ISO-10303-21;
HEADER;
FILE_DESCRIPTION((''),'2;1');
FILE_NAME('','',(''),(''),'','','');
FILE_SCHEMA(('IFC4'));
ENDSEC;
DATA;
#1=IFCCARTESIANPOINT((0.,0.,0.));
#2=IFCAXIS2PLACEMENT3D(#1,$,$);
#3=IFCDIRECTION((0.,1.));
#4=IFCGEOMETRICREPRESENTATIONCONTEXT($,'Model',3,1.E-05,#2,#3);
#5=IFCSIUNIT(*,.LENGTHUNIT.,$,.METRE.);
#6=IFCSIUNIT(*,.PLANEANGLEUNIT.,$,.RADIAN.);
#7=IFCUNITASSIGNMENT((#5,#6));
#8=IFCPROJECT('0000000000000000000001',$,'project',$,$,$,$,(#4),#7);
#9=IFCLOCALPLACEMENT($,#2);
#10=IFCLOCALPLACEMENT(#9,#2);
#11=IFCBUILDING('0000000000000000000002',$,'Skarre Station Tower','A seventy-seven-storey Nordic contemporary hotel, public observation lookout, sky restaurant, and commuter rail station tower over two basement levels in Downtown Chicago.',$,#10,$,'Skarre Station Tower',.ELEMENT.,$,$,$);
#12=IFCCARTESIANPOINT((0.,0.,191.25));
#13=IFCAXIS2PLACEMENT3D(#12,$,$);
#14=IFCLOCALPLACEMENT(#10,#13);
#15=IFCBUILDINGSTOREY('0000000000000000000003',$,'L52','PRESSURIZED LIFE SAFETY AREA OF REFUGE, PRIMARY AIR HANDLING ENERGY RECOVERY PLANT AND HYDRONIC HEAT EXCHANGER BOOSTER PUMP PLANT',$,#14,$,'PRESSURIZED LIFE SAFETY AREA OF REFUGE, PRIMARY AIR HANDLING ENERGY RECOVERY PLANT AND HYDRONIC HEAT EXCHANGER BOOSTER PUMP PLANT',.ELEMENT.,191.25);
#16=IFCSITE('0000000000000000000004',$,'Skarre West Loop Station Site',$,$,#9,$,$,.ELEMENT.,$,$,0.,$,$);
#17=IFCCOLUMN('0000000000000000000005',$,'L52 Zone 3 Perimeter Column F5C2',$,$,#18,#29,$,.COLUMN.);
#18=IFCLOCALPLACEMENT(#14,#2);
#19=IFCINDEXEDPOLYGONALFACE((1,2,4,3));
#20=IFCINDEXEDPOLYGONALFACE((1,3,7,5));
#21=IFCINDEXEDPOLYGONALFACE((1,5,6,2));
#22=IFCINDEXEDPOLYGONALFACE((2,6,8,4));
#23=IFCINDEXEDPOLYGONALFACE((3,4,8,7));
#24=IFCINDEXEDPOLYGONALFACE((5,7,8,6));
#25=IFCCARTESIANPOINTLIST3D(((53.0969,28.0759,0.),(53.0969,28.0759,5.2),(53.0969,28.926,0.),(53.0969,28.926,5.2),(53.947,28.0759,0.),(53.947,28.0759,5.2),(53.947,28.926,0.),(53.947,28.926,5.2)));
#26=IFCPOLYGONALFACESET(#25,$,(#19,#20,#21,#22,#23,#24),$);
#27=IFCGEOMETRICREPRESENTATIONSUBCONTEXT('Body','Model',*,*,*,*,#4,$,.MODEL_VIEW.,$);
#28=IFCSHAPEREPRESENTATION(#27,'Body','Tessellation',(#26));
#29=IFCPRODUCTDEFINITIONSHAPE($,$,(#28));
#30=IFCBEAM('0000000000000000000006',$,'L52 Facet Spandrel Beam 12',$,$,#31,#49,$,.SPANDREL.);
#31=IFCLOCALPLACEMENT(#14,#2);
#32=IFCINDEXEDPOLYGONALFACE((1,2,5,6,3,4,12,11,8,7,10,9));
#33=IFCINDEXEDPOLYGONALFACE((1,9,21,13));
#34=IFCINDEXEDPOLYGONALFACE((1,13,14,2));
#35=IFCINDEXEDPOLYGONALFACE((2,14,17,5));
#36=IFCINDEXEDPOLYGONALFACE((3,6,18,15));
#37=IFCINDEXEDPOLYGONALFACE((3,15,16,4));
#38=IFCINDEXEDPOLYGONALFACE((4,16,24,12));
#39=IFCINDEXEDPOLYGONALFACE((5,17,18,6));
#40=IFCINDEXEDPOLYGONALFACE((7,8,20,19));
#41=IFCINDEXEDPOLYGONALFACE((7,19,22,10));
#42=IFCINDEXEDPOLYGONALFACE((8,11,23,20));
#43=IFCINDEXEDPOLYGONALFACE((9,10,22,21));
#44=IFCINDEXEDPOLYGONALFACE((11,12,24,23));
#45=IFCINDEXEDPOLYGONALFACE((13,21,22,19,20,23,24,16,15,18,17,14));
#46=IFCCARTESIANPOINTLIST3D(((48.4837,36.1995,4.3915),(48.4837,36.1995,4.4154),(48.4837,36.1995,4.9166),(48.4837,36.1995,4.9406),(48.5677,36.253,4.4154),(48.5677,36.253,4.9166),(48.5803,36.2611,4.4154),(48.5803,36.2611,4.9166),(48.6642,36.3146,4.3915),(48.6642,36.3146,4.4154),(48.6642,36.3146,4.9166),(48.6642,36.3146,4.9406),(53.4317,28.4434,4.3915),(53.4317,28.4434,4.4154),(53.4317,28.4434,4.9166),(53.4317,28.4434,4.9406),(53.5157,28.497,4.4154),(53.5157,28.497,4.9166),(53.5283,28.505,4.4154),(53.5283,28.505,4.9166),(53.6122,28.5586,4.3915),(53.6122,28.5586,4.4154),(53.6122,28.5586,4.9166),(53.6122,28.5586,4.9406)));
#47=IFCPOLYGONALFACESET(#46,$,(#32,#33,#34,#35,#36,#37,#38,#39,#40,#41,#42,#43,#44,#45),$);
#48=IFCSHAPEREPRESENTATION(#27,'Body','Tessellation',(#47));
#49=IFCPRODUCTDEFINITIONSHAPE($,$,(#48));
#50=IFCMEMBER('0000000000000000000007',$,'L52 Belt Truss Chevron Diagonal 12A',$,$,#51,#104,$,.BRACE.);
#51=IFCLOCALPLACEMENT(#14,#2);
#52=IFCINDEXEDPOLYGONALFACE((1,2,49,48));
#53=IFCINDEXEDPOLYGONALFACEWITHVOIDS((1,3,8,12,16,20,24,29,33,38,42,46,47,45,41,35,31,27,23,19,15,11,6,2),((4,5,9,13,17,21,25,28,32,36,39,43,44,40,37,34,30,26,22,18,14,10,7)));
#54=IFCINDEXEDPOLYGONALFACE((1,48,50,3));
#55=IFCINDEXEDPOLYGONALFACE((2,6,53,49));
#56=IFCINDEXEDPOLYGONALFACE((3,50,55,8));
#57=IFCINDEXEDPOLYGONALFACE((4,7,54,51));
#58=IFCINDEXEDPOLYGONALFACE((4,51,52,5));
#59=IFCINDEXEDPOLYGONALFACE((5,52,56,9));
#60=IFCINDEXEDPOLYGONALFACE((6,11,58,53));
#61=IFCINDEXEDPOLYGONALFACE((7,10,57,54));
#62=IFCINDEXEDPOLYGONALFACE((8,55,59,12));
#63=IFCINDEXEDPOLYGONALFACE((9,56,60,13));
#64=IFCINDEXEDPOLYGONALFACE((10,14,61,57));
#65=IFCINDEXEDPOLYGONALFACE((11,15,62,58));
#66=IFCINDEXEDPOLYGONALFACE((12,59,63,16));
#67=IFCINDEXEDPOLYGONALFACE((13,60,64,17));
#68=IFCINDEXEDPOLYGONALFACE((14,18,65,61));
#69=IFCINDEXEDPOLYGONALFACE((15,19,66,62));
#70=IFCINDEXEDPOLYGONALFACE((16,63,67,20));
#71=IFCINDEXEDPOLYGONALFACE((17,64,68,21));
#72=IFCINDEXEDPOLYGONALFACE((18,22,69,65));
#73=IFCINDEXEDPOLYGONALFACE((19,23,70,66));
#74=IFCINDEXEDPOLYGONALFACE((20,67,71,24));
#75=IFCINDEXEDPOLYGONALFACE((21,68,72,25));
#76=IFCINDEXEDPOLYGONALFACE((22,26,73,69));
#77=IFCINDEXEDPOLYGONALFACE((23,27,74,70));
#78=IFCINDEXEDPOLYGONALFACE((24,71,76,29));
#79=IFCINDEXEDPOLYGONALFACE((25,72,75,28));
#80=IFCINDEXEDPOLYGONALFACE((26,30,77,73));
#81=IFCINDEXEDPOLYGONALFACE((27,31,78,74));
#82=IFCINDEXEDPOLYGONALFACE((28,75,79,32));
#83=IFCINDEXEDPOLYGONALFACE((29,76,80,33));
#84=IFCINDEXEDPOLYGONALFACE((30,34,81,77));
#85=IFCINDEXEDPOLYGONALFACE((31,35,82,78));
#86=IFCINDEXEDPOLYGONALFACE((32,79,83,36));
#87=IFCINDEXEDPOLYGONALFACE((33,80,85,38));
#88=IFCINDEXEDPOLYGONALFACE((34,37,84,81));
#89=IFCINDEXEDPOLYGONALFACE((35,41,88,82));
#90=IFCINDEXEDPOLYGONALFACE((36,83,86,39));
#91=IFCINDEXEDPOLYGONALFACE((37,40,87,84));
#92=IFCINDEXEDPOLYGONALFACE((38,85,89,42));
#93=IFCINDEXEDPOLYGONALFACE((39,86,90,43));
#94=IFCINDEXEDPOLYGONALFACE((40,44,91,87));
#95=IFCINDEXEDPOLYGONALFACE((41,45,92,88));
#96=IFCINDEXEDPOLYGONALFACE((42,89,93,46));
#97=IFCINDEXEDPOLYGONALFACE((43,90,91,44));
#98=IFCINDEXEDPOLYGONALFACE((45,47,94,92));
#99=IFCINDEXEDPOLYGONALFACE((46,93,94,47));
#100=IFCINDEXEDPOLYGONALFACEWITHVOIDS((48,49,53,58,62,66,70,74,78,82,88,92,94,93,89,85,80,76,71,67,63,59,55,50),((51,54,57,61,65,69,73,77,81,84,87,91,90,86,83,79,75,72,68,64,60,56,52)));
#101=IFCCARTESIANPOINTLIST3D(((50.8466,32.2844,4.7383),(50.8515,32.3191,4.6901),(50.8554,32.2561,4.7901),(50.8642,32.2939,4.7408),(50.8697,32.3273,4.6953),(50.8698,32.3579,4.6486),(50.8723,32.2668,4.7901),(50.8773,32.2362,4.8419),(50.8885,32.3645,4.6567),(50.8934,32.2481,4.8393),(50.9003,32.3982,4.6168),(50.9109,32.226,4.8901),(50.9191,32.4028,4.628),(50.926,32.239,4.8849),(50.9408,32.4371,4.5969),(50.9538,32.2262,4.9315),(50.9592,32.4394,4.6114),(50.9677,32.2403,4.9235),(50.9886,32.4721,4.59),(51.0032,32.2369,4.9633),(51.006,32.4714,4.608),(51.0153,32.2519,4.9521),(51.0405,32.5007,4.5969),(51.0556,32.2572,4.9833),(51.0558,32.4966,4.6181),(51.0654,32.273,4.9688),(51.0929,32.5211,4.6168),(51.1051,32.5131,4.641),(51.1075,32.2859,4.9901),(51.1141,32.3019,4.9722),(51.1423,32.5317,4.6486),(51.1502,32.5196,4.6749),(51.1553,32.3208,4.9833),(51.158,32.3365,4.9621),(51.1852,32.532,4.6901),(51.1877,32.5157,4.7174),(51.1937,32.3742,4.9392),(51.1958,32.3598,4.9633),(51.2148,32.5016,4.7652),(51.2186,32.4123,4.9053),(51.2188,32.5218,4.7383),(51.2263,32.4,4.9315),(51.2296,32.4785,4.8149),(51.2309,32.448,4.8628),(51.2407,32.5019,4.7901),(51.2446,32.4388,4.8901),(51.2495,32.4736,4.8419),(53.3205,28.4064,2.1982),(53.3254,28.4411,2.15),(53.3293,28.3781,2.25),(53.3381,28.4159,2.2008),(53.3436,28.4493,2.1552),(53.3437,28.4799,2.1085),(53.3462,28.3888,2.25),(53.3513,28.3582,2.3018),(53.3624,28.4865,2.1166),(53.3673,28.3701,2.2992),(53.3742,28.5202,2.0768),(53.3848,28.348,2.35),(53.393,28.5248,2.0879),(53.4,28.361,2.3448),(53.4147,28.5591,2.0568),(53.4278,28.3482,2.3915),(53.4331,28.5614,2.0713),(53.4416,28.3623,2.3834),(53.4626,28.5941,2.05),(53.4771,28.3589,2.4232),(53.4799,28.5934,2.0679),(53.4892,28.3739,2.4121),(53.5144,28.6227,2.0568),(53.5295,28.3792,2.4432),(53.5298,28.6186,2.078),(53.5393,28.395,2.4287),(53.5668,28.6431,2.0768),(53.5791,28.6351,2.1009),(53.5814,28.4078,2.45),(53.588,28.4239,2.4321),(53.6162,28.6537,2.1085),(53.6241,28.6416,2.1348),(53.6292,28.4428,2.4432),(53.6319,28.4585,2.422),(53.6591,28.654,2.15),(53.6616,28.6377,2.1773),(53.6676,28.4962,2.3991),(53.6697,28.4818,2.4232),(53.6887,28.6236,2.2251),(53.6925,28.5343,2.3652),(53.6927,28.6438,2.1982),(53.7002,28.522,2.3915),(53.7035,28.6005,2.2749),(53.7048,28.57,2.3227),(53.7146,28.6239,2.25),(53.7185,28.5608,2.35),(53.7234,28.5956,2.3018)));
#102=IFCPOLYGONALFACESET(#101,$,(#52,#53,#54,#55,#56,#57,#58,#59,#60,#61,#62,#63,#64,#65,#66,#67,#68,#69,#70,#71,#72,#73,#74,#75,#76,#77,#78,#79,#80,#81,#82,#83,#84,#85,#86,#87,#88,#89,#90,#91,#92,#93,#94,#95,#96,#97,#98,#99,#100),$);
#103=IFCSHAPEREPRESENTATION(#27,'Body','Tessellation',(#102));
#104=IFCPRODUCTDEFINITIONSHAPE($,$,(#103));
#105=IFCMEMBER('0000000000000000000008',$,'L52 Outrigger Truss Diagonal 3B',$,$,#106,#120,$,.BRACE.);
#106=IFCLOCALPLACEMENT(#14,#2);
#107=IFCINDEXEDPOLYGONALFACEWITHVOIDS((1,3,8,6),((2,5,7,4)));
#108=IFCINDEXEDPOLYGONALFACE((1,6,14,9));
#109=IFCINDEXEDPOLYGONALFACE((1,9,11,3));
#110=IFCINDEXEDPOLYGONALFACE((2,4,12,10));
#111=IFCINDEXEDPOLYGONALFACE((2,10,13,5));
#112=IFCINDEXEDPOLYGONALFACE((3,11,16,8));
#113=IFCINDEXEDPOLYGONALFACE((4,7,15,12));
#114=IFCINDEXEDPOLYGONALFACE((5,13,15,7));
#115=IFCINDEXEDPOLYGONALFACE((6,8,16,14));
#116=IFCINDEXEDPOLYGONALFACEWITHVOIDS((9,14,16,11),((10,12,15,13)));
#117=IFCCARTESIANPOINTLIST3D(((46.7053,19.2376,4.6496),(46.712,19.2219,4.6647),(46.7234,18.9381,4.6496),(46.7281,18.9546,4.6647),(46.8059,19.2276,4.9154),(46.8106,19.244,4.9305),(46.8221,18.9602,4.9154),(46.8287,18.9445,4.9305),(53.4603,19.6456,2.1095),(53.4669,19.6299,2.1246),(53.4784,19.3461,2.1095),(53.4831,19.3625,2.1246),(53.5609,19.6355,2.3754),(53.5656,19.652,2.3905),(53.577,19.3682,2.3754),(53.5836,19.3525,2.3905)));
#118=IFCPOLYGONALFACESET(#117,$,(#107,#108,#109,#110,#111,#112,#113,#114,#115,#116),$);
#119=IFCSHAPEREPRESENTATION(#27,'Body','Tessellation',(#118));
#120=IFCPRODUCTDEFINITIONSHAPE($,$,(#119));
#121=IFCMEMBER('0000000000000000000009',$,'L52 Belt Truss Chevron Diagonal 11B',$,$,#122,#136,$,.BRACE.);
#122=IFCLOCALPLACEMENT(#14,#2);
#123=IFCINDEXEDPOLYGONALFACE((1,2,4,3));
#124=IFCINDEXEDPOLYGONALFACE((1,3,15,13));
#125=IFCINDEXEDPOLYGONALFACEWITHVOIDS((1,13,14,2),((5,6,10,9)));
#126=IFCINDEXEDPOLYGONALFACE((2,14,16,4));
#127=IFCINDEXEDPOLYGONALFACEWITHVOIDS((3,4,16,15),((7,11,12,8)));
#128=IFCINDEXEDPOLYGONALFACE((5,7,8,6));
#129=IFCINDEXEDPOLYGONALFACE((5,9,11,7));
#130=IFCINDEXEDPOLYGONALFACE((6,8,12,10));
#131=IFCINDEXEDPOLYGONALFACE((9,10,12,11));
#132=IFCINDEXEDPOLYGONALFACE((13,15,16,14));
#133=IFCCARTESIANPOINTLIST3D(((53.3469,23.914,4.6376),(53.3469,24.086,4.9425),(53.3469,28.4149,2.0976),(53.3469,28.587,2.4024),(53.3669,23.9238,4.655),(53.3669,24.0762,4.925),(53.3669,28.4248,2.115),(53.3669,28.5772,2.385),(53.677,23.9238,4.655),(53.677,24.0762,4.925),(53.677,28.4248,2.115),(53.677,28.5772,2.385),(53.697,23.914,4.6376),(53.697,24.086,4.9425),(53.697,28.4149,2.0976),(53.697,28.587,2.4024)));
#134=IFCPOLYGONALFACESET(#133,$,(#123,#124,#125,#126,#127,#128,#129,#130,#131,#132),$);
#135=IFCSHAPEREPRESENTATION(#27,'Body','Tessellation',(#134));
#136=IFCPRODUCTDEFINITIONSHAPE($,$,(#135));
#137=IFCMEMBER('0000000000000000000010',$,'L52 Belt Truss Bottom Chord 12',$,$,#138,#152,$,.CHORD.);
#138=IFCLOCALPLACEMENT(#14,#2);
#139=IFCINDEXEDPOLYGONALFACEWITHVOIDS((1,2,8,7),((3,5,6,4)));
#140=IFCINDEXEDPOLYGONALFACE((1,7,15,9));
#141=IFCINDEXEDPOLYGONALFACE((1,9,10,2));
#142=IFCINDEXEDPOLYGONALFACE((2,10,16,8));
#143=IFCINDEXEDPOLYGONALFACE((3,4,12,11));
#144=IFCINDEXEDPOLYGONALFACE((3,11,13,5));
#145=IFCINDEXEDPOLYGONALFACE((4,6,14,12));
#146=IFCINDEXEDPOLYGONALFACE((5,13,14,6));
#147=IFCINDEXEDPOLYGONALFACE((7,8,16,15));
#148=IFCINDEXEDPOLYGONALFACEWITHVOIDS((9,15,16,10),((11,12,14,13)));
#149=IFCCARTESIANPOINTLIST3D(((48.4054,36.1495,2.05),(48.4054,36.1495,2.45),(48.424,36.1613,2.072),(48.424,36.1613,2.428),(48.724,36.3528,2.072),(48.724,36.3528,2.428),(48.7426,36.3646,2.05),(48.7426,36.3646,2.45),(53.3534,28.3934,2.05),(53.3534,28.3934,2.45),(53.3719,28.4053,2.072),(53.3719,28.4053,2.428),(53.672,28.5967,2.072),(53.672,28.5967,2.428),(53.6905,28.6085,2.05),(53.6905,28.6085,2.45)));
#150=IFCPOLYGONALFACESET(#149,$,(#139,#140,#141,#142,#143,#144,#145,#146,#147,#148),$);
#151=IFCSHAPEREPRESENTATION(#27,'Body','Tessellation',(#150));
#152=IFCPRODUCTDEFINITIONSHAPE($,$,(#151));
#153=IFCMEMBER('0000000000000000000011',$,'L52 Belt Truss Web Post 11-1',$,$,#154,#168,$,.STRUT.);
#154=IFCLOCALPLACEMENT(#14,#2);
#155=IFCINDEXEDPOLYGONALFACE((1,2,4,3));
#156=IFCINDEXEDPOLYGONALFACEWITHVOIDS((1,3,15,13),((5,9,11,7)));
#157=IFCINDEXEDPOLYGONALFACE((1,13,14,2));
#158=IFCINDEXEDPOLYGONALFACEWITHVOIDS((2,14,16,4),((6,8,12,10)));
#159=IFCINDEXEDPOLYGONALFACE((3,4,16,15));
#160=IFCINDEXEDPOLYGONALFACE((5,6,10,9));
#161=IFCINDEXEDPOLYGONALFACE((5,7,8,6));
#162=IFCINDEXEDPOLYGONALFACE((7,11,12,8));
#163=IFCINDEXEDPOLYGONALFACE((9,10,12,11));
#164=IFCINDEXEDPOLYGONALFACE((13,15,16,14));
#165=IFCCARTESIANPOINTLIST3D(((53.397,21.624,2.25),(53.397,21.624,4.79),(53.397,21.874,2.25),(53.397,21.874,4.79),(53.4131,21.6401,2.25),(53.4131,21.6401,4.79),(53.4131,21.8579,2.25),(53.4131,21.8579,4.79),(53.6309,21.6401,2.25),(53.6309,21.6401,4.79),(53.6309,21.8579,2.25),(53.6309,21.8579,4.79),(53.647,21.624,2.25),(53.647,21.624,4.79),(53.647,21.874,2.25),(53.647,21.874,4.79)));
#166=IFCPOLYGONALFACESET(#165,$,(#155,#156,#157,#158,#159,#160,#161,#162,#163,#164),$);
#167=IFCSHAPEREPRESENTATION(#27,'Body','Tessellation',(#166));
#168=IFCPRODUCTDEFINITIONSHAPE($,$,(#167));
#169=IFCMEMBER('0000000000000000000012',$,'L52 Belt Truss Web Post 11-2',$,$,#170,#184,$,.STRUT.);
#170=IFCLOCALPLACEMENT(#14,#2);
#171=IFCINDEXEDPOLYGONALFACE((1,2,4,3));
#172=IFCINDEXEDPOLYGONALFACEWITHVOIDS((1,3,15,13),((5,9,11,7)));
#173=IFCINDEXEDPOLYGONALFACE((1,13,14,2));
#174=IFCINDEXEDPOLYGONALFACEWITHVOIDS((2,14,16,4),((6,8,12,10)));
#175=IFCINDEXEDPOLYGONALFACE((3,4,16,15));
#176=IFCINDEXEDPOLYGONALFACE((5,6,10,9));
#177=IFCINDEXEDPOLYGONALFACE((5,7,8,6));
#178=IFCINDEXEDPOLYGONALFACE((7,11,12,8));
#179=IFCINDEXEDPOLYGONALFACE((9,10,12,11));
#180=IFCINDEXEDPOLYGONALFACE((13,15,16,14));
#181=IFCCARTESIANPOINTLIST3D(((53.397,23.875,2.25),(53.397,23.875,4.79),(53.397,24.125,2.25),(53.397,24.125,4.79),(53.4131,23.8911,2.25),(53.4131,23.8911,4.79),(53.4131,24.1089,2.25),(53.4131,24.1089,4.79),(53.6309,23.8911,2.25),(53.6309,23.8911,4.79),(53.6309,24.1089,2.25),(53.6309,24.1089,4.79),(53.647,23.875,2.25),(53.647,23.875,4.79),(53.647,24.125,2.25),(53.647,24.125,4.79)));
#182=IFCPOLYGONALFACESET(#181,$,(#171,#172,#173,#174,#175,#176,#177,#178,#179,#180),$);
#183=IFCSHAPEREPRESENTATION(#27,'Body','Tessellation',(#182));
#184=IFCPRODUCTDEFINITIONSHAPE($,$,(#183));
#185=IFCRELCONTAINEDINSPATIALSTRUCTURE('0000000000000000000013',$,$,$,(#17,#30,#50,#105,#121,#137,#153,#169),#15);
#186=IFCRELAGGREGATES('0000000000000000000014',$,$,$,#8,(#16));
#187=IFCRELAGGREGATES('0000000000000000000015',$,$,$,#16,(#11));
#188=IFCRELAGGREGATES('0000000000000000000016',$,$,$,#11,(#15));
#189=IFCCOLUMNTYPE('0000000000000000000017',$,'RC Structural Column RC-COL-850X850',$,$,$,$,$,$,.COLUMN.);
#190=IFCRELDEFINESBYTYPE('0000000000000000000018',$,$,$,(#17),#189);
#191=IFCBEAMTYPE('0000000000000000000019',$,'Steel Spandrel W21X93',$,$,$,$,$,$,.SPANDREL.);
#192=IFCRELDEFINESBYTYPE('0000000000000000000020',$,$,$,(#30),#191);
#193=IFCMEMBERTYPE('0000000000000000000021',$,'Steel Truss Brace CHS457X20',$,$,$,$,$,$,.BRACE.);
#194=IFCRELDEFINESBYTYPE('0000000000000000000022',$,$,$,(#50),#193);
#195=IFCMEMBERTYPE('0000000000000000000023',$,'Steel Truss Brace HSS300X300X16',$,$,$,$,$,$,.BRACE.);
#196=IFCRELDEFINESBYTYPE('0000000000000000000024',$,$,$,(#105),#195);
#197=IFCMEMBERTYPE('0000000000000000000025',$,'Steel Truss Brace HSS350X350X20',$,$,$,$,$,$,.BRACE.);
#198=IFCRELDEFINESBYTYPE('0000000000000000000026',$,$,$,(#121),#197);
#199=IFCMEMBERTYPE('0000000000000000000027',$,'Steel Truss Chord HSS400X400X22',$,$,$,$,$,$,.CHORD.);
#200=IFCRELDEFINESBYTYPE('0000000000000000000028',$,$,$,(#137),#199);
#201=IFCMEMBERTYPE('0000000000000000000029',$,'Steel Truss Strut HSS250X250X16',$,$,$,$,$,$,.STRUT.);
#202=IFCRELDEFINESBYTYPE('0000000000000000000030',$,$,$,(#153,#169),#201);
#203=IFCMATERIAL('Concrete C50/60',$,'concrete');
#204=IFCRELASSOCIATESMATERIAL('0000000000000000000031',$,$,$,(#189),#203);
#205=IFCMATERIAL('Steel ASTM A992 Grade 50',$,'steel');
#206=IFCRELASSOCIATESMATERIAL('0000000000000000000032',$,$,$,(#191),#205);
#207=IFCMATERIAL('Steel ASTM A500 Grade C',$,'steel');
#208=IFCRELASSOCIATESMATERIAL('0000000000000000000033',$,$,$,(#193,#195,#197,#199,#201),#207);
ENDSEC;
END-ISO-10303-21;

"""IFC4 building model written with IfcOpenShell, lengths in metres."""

from ifc_helpers import new_model, si_unit, direction, frame, origin, origin_2d, place, context, subcontext, project, spatial, rectangle, hollow_rectangle, hollow_circle, i_section, extrude, material, material_profile, profile_set, type_object, element, save


model = new_model("IFC4")

# Units and contexts
model_context = context("Model", 3, precision=1e-05, world=origin(), true_north=direction((0.0, 1.0)))
body_context = subcontext(model_context, "Body", "Model", "MODEL_VIEW")
ifc_project = project(units=[si_unit("LENGTHUNIT", "METRE"), si_unit("PLANEANGLEUNIT", "RADIAN")], contexts=[model_context])

# Site, building, storey
site_placement = place(None, origin())
site = spatial("IfcSite", under=ifc_project, at=site_placement, Name="Skarre West Loop Station Site", CompositionType="ELEMENT", RefElevation=0.0)
building_placement = place(site_placement, origin())
building = spatial("IfcBuilding", under=site, at=building_placement, Name="Skarre Station Tower", Description="A seventy-seven-storey Nordic contemporary hotel, public observation lookout, sky restaurant, and commuter rail station tower over two basement levels in Downtown Chicago.", LongName="Skarre Station Tower", CompositionType="ELEMENT")
storey_placement = place(building_placement, frame((0.0, 0.0, 191.25)))
storey = spatial("IfcBuildingStorey", under=building, at=storey_placement, Name="L52", Description="PRESSURIZED LIFE SAFETY AREA OF REFUGE, PRIMARY AIR HANDLING ENERGY RECOVERY PLANT AND HYDRONIC HEAT EXCHANGER BOOSTER PUMP PLANT", LongName="PRESSURIZED LIFE SAFETY AREA OF REFUGE, PRIMARY AIR HANDLING ENERGY RECOVERY PLANT AND HYDRONIC HEAT EXCHANGER BOOSTER PUMP PLANT", CompositionType="ELEMENT", Elevation=191.25)

# Column
ifc_material_1 = material(Name="Concrete C50/60", Category="concrete")
ifc_material_profile_1 = material_profile(ifc_material_1, rectangle(XDim=0.8501, YDim=0.8501, at=origin_2d()), Name="Concrete C50/60")
ifc_profile_set_1 = profile_set([ifc_material_profile_1], Name="Concrete C50/60")
column_type = type_object("IfcColumnType", Name="RC Structural Column RC-COL-850X850", PredefinedType="COLUMN", material=ifc_profile_set_1)
column_placement = place(storey_placement, frame((53.522, 28.501, 0.0), z_axis=(0.0, 0.0, 1.0), x_axis=(1.0, 0.0, 0.0)))
element("IfcColumn", 1, at=column_placement, inside=storey, type_object=column_type, Name="L52 Zone 3 Perimeter Column F5C2", PredefinedType="COLUMN", context=body_context, shape_type="SweptSolid", body=[
    extrude(rectangle(XDim=0.8501, YDim=0.8501, at=origin_2d()), origin(), (0.0, 0.0, 1.0), 5.2),
])

# Beam
ifc_material_2 = material(Name="Steel ASTM A992 Grade 50", Category="steel")
ifc_material_profile_2 = material_profile(ifc_material_2, i_section(OverallWidth=0.2141, OverallDepth=0.5491, WebThickness=0.0149, FlangeThickness=0.0239, at=origin_2d()), Name="Steel ASTM A992 Grade 50")
ifc_profile_set_2 = profile_set([ifc_material_profile_2], Name="Steel ASTM A992 Grade 50")
beam_type = type_object("IfcBeamType", Name="Steel Spandrel W21X93", PredefinedType="SPANDREL", material=ifc_profile_set_2)
beam_placement = place(storey_placement, frame((53.522, 28.501, 4.666), z_axis=(-0.537826, 0.843056, 0.0), x_axis=(-0.843056, -0.537826, 0.0)))
element("IfcBeam", 2, at=beam_placement, inside=storey, type_object=beam_type, Name="L52 Facet Spandrel Beam 12", PredefinedType="SPANDREL", context=body_context, shape_type="SweptSolid", body=[
    extrude(i_section(OverallWidth=0.2141, OverallDepth=0.5491, WebThickness=0.0149, FlangeThickness=0.0239, at=origin_2d()), origin(), (0.0, 0.0, 1.0), 9.2),
])

# Members
ifc_material_3 = material(Name="Steel ASTM A500 Grade C", Category="steel")
ifc_material_profile_3 = material_profile(ifc_material_3, hollow_circle(Radius=0.2285, WallThickness=0.02, at=origin_2d()), Name="Steel ASTM A500 Grade C")
ifc_profile_set_3 = profile_set([ifc_material_profile_3], Name="Steel ASTM A500 Grade C")
member_type_1 = type_object("IfcMemberType", Name="Steel Truss Brace CHS457X20", PredefinedType="BRACE", material=ifc_profile_set_3)
member_1_placement = place(storey_placement, frame((53.522, 28.501, 2.25), z_axis=(-0.470807, 0.738015, 0.483399), x_axis=(-0.84306, -0.53782, 0.0)))
element("IfcMember", 3, at=member_1_placement, inside=storey, type_object=member_type_1, Name="L52 Belt Truss Chevron Diagonal 12A", PredefinedType="BRACE", context=body_context, shape_type="SweptSolid", body=[
    extrude(hollow_circle(Radius=0.2285, WallThickness=0.02, at=origin_2d()), origin(), (0.0, 0.0, 1.0), 5.2546),
])
ifc_material_profile_4 = material_profile(ifc_material_3, hollow_rectangle(XDim=0.3, YDim=0.3, WallThickness=0.0161, at=origin_2d()), Name="Steel ASTM A500 Grade C")
ifc_profile_set_4 = profile_set([ifc_material_profile_4], Name="Steel ASTM A500 Grade C")
member_type_2 = type_object("IfcMemberType", Name="Steel Truss Brace HSS300X300X16", PredefinedType="BRACE", material=ifc_profile_set_4)
member_2_placement = place(storey_placement, frame((53.522, 19.499, 2.25), z_axis=(-0.93452, -0.05644, 0.351408), x_axis=(0.060285, -0.998181, 0.0)))
element("IfcMember", 4, at=member_2_placement, inside=storey, type_object=member_type_2, Name="L52 Outrigger Truss Diagonal 3B", PredefinedType="BRACE", context=body_context, shape_type="SweptSolid", body=[
    extrude(hollow_rectangle(XDim=0.3, YDim=0.3, WallThickness=0.0161, at=origin_2d()), origin(), (0.0, 0.0, 1.0), 7.2283),
])
ifc_material_profile_5 = material_profile(ifc_material_3, hollow_rectangle(XDim=0.3501, YDim=0.3501, WallThickness=0.02, at=origin_2d()), Name="Steel ASTM A500 Grade C")
ifc_profile_set_5 = profile_set([ifc_material_profile_5], Name="Steel ASTM A500 Grade C")
member_type_3 = type_object("IfcMemberType", Name="Steel Truss Brace HSS350X350X20", PredefinedType="BRACE", material=ifc_profile_set_5)
member_3_placement = place(storey_placement, frame((53.522, 28.501, 2.25), z_axis=(0.0, -0.870893, 0.491472), x_axis=(1.0, 0.0, 0.0)))
element("IfcMember", 5, at=member_3_placement, inside=storey, type_object=member_type_3, Name="L52 Belt Truss Chevron Diagonal 11B", PredefinedType="BRACE", context=body_context, shape_type="SweptSolid", body=[
    extrude(hollow_rectangle(XDim=0.3501, YDim=0.3501, WallThickness=0.02, at=origin_2d()), origin(), (0.0, 0.0, 1.0), 5.1682),
])
ifc_material_profile_6 = material_profile(ifc_material_3, hollow_rectangle(XDim=0.3999, YDim=0.3999, WallThickness=0.022, at=origin_2d()), Name="Steel ASTM A500 Grade C")
ifc_profile_set_6 = profile_set([ifc_material_profile_6], Name="Steel ASTM A500 Grade C")
member_type_4 = type_object("IfcMemberType", Name="Steel Truss Chord HSS400X400X22", PredefinedType="CHORD", material=ifc_profile_set_6)
member_4_placement = place(storey_placement, frame((53.522, 28.501, 2.25), z_axis=(-0.537826, 0.843056, 0.0), x_axis=(-0.843056, -0.537826, 0.0)))
element("IfcMember", 6, at=member_4_placement, inside=storey, type_object=member_type_4, Name="L52 Belt Truss Bottom Chord 12", PredefinedType="CHORD", context=body_context, shape_type="SweptSolid", body=[
    extrude(hollow_rectangle(XDim=0.3999, YDim=0.3999, WallThickness=0.022, at=origin_2d()), origin(), (0.0, 0.0, 1.0), 9.2),
])
ifc_material_profile_7 = material_profile(ifc_material_3, hollow_rectangle(XDim=0.25, YDim=0.25, WallThickness=0.0161, at=origin_2d()), Name="Steel ASTM A500 Grade C")
ifc_profile_set_7 = profile_set([ifc_material_profile_7], Name="Steel ASTM A500 Grade C")
member_type_5 = type_object("IfcMemberType", Name="Steel Truss Strut HSS250X250X16", PredefinedType="STRUT", material=ifc_profile_set_7)
for number, where, z_axis, x_axis, name in (
    (7, (53.522, 21.749, 2.25), (0.0, 0.0, 1.0), (1.0, 0.0, 0.0), "L52 Belt Truss Web Post 11-1"),
    (8, (53.522, 24.0, 2.25), (0.0, 0.0, 1.0), (1.0, 0.0, 0.0), "L52 Belt Truss Web Post 11-2"),
):
    element("IfcMember", number, at=place(storey_placement, frame(where, z_axis=z_axis, x_axis=x_axis)), inside=storey, type_object=member_type_5, Name=name, PredefinedType="STRUT", context=body_context, shape_type="SweptSolid", body=[
        extrude(hollow_rectangle(XDim=0.25, YDim=0.25, WallThickness=0.0161, at=origin_2d()), origin(), (0.0, 0.0, 1.0), 2.54),
    ])

save(model, "model.ifc")
